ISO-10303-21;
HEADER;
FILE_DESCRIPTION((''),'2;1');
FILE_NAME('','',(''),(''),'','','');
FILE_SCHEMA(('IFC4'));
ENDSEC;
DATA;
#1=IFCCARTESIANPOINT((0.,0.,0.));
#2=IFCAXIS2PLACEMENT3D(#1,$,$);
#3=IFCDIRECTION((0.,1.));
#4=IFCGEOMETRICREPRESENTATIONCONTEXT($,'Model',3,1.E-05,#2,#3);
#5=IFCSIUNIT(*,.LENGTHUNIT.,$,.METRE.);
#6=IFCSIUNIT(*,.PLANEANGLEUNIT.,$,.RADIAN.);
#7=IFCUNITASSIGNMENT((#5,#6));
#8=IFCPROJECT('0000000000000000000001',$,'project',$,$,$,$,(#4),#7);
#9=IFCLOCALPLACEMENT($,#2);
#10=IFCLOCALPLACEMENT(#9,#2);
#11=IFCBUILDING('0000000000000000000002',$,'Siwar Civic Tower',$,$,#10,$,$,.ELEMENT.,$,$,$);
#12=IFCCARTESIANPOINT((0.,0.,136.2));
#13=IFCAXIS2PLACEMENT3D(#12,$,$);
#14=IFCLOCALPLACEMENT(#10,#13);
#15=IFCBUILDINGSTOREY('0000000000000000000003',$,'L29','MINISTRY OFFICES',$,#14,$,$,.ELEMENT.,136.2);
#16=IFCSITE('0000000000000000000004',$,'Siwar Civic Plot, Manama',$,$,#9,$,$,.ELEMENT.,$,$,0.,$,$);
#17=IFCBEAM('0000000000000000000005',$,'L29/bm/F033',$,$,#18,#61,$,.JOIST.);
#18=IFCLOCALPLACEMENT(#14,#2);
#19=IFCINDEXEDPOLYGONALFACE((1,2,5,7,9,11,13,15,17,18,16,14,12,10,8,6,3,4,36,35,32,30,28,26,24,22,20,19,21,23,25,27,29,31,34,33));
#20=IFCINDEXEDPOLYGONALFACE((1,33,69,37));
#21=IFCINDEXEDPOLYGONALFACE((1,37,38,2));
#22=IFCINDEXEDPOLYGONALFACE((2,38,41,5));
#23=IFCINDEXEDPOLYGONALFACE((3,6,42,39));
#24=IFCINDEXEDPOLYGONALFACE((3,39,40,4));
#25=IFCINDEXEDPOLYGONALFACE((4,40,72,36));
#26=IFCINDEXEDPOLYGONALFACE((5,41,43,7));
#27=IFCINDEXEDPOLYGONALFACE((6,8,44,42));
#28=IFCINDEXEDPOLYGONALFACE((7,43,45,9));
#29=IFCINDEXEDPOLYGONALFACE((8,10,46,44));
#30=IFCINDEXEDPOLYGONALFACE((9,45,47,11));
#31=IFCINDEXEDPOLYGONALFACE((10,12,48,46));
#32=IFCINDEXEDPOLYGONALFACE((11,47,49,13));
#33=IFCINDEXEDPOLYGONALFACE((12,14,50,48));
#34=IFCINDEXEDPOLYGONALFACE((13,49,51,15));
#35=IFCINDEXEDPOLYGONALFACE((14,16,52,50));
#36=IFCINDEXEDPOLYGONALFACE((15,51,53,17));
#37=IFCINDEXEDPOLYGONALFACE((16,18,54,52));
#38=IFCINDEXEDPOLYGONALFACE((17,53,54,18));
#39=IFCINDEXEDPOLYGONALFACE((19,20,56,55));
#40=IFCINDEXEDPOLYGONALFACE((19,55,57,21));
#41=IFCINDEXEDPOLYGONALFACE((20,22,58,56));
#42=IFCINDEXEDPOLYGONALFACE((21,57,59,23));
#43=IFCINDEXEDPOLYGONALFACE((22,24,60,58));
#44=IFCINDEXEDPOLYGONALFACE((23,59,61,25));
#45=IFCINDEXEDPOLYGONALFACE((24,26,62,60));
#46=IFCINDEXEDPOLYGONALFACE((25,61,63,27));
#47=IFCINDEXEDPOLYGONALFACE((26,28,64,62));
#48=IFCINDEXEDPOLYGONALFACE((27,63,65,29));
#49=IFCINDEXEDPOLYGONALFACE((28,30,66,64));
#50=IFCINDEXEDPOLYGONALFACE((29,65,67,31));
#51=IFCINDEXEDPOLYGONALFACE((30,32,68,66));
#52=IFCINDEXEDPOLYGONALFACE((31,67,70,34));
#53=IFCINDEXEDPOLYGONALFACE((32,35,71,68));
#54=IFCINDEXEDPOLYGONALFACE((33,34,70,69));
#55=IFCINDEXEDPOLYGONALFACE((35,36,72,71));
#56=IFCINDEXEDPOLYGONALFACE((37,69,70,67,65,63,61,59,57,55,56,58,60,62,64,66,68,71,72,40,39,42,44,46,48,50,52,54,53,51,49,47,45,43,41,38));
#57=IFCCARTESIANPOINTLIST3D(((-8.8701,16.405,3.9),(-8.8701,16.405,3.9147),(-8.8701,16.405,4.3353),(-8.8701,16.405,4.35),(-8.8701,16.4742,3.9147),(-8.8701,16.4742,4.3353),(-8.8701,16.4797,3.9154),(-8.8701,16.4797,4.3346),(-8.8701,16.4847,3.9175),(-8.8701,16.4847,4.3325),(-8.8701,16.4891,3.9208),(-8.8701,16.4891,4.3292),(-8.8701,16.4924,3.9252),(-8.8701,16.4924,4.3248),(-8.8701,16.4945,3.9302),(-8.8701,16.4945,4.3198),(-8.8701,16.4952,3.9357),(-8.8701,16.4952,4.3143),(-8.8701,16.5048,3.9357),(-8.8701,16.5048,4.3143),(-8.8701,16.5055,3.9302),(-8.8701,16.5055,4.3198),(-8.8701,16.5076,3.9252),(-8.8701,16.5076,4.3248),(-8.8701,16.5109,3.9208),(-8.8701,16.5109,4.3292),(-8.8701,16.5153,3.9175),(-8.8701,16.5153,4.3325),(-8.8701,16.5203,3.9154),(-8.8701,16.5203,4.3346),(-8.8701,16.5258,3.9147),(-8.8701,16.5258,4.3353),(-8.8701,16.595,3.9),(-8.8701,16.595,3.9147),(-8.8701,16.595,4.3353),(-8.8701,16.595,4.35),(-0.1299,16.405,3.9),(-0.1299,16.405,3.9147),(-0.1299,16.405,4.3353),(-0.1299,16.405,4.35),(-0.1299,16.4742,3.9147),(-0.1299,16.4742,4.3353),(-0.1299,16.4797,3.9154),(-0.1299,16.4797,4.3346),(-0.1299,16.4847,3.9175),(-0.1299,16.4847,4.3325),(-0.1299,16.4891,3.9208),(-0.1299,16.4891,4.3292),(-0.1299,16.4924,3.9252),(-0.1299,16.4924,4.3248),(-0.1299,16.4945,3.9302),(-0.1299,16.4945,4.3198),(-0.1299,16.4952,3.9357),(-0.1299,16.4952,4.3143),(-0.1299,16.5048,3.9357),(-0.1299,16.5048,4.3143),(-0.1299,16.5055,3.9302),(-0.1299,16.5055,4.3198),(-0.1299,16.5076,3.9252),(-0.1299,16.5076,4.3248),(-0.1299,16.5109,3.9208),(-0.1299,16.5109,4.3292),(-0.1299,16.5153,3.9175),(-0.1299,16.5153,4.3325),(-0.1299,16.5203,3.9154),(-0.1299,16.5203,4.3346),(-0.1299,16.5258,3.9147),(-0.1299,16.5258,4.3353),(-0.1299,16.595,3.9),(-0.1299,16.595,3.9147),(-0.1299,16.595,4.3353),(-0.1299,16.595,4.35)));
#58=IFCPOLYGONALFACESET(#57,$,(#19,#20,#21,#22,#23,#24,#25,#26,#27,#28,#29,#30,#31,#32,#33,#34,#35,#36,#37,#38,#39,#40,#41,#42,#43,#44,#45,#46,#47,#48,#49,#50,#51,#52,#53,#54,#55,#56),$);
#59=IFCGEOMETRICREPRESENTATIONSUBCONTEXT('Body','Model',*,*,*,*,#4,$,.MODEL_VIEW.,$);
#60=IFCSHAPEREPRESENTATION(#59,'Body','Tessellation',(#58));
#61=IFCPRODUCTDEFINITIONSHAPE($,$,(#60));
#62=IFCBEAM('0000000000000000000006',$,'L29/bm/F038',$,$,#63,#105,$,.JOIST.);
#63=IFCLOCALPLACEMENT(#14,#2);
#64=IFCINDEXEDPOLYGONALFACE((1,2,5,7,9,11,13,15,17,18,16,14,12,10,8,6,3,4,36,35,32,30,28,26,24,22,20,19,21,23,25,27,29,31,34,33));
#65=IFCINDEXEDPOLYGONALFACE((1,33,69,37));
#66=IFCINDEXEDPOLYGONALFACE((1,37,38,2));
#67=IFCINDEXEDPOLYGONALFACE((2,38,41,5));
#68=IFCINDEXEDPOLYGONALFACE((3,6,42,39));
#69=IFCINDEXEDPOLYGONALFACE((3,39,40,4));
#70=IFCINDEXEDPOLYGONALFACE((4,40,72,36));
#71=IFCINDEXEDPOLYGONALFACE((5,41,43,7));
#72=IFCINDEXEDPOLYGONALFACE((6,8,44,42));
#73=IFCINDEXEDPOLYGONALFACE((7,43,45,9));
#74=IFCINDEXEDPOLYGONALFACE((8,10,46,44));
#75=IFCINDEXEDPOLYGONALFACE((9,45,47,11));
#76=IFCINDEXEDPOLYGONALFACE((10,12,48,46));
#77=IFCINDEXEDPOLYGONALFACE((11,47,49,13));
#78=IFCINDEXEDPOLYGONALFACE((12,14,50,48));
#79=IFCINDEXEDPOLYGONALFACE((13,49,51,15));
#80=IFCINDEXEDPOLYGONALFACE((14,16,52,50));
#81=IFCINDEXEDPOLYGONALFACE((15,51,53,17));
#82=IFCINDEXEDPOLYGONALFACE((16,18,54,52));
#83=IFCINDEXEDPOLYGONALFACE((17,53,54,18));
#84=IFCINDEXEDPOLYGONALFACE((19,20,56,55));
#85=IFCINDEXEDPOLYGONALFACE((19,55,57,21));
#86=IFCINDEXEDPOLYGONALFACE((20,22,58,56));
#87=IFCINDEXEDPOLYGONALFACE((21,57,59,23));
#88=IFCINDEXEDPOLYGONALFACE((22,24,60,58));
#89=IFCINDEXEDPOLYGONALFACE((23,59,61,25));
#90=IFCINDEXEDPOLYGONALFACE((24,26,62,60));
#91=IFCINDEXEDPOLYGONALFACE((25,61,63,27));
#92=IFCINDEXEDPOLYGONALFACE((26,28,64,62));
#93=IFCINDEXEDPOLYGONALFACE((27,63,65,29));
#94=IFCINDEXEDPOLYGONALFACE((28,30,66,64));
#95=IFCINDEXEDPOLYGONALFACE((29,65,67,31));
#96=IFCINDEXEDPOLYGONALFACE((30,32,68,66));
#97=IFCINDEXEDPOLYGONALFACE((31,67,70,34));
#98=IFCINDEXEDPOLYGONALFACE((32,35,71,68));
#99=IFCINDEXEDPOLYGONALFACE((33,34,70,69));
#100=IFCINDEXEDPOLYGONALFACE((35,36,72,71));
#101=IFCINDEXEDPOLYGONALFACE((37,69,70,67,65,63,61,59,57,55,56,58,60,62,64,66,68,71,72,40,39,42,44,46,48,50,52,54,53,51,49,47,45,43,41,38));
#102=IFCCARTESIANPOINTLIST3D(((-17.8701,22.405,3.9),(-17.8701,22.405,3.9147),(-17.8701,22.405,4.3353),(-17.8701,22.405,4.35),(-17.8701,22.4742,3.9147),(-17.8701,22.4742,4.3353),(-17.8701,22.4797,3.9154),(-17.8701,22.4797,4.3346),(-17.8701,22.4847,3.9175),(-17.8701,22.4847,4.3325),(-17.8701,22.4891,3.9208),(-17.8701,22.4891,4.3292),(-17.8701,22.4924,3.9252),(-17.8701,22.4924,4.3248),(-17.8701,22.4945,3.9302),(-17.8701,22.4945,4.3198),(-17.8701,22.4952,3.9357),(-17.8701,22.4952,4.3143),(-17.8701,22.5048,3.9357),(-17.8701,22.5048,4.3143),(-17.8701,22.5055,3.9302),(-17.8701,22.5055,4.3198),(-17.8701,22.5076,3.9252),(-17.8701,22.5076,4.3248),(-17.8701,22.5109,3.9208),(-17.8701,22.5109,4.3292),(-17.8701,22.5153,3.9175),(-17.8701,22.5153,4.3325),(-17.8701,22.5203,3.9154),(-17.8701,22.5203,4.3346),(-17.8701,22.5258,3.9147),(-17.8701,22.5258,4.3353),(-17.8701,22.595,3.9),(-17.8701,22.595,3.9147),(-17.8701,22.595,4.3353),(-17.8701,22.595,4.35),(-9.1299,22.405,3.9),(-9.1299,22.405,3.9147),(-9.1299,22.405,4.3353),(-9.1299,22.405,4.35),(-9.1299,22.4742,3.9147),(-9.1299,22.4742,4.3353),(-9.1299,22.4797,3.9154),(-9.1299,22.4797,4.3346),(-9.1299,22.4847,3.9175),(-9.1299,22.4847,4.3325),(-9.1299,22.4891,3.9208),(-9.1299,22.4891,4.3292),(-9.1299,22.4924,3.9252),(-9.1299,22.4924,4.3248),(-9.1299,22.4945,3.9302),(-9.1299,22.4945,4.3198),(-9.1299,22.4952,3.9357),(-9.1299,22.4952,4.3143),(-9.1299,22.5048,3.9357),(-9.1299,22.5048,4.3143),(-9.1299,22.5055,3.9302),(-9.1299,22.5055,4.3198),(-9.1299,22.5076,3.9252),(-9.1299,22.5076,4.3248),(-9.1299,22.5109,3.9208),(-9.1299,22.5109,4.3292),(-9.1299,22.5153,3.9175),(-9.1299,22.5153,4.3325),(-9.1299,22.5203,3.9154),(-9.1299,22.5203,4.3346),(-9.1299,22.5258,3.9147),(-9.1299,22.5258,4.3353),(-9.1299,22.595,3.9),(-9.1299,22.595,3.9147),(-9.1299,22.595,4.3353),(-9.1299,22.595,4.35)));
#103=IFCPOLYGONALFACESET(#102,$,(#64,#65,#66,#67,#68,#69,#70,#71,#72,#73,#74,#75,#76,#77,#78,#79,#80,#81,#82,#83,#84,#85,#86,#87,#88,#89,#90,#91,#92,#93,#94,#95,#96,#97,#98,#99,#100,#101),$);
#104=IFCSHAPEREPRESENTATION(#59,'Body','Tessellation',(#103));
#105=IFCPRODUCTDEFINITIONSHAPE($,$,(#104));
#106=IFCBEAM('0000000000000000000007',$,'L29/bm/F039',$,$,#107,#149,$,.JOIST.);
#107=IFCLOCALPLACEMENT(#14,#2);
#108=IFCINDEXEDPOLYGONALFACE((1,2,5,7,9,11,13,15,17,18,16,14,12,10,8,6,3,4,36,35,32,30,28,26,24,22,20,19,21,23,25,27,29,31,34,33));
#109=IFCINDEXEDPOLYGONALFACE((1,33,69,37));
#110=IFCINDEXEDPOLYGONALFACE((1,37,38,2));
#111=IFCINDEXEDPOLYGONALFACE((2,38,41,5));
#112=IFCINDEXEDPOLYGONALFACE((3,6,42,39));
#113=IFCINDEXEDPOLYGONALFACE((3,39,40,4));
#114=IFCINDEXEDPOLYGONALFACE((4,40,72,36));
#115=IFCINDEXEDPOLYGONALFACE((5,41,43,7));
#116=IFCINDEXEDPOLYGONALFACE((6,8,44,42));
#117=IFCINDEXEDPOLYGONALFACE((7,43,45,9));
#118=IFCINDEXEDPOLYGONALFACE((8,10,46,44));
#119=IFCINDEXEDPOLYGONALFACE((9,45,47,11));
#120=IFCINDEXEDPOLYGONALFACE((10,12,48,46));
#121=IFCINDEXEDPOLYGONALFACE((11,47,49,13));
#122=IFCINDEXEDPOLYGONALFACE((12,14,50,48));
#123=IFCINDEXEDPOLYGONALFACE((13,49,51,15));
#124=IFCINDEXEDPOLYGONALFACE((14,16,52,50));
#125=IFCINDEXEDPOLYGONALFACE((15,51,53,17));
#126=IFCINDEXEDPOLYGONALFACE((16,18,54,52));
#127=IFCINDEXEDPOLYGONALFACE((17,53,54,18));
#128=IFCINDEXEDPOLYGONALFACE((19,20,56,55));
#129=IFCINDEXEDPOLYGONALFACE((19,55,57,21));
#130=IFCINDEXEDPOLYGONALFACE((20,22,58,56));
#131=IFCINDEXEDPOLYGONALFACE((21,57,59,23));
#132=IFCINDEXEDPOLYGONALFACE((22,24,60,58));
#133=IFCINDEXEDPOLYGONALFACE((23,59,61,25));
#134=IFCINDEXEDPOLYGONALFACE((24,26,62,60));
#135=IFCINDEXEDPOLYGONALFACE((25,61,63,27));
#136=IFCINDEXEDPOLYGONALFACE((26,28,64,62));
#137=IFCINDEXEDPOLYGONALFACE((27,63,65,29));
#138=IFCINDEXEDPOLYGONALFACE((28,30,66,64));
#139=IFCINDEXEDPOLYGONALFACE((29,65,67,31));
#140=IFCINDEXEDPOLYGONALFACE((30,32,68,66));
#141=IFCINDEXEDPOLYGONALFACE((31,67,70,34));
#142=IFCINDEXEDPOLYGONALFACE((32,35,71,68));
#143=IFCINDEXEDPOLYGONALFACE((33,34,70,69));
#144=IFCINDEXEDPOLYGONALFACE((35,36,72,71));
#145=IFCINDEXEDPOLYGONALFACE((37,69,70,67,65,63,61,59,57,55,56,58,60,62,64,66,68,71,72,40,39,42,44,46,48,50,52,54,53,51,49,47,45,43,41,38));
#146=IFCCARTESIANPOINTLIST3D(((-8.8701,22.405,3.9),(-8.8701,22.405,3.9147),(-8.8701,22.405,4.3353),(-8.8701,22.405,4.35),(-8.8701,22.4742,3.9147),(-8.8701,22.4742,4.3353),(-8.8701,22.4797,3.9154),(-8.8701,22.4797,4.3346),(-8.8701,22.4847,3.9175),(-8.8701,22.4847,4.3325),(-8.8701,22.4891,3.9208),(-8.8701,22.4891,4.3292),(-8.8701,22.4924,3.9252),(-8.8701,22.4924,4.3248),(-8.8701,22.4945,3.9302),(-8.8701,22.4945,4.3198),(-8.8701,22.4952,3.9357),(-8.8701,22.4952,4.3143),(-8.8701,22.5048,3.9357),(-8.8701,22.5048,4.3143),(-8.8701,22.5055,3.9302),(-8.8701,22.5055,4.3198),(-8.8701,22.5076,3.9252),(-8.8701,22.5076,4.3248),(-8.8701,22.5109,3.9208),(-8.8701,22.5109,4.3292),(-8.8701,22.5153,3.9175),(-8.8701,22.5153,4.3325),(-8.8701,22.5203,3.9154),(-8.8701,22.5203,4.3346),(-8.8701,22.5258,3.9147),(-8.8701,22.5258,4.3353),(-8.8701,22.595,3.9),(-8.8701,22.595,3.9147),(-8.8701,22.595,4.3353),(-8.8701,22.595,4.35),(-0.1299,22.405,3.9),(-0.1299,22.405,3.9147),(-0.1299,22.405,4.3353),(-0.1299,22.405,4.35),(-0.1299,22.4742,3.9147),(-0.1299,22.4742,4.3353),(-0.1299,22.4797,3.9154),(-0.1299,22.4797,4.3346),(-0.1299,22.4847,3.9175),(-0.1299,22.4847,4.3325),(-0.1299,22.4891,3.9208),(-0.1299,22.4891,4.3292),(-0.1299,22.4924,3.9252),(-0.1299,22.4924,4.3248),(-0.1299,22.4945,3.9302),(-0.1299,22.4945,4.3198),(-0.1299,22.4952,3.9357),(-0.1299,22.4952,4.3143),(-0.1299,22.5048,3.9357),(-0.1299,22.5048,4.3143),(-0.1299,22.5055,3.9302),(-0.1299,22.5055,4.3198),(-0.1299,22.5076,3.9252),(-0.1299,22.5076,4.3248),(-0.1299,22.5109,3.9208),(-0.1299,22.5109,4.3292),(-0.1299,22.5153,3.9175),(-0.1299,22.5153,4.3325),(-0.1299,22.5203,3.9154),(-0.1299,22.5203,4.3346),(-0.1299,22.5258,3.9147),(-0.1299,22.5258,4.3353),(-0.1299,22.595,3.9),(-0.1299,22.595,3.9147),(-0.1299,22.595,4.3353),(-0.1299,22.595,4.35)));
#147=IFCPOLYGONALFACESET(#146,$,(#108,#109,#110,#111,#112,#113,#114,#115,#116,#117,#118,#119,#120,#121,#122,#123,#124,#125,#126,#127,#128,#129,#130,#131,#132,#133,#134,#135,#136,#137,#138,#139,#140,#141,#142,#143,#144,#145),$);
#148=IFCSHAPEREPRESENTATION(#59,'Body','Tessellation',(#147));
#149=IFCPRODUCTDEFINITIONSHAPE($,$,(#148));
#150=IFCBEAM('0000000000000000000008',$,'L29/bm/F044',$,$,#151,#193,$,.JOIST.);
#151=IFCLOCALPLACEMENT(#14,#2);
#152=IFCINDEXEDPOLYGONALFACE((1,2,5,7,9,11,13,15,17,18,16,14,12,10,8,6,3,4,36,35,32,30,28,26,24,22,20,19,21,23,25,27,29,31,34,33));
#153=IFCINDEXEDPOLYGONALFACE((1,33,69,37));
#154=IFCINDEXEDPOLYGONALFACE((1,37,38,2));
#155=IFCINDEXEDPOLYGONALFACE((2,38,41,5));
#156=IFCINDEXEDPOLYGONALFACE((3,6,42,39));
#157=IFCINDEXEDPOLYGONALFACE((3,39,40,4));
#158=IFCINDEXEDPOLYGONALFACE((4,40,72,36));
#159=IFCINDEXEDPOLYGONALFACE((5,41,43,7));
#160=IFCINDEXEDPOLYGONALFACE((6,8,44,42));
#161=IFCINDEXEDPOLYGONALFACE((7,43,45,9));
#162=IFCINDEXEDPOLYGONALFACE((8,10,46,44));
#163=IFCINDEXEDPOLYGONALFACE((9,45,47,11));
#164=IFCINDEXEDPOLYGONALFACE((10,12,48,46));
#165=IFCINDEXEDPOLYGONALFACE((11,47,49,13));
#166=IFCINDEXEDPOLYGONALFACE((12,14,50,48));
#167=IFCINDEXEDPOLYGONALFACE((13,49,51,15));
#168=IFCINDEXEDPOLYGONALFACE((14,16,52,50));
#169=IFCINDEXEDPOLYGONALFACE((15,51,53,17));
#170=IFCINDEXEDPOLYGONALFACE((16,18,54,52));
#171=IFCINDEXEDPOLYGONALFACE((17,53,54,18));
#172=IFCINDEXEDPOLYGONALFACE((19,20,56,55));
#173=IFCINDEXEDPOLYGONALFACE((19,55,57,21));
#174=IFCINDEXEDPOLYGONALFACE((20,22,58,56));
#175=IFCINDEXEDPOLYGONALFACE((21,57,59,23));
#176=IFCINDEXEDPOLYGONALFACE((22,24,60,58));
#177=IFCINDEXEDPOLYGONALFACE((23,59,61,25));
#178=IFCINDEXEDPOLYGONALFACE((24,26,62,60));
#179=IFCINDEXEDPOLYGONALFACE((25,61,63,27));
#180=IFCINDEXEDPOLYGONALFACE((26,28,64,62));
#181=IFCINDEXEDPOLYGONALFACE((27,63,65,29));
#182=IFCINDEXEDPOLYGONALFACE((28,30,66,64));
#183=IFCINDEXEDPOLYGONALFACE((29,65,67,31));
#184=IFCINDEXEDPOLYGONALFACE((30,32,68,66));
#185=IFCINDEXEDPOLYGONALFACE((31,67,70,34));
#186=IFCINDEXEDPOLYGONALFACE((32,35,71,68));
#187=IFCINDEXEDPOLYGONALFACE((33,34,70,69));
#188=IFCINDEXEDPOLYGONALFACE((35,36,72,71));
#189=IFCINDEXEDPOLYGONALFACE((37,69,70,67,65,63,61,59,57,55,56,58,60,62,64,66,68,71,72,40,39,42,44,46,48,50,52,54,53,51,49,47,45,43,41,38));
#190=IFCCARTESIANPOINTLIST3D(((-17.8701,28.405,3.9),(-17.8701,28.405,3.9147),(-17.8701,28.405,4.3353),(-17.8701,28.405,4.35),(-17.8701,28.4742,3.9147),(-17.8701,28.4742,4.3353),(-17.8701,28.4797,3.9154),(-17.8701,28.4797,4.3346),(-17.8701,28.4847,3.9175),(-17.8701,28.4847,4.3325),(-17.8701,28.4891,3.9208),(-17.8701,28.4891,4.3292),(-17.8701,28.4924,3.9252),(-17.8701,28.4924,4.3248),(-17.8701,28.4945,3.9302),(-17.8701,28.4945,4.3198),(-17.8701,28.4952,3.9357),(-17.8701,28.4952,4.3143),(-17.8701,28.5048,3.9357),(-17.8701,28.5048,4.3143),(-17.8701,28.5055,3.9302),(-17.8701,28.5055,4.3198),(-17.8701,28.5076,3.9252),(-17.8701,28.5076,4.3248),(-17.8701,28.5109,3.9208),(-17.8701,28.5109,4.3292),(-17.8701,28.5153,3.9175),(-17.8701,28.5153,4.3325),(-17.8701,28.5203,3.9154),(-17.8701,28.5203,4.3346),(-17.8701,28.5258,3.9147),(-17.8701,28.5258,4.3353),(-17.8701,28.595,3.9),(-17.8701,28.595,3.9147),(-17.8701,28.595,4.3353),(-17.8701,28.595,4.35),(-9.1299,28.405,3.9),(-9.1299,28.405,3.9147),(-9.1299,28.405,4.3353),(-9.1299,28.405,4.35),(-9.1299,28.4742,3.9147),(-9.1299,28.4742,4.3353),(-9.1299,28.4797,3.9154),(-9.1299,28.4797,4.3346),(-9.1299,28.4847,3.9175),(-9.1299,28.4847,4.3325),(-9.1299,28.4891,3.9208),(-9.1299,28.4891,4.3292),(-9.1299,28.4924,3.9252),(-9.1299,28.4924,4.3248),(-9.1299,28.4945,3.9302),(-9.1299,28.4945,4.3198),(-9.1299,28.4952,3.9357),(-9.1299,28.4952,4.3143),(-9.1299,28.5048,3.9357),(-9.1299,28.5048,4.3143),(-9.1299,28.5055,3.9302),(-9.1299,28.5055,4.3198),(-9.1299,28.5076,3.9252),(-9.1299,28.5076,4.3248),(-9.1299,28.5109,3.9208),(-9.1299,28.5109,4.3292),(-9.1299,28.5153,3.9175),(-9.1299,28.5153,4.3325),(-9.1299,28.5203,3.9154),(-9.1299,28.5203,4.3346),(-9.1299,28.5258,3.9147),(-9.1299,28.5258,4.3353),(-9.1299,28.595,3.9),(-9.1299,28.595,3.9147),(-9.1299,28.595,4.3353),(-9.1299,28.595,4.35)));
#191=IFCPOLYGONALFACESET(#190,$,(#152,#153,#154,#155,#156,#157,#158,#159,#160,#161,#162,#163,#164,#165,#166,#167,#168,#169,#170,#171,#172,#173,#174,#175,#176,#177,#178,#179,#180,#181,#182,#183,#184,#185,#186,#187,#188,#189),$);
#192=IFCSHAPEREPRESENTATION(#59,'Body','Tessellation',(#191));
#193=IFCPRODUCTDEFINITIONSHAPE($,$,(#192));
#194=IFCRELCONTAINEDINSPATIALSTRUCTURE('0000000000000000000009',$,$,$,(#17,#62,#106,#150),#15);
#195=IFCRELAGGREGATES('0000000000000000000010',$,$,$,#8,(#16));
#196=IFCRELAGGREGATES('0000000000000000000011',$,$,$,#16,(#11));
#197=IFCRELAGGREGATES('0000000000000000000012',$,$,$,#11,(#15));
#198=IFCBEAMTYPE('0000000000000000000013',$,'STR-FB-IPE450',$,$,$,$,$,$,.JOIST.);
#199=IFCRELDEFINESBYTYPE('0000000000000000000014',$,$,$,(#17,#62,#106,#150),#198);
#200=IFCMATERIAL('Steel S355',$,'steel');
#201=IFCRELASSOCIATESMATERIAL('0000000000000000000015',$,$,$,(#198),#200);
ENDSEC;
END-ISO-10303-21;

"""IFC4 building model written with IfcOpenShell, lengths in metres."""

from ifc_helpers import new_model, si_unit, direction, frame, origin, origin_2d, place, context, subcontext, project, spatial, i_section, extrude, material, material_profile, profile_set, type_object, element, save


model = new_model("IFC4")

# Units and contexts
model_context = context("Model", 3, precision=1e-05, world=origin(), true_north=direction((0.0, 1.0)))
body_context = subcontext(model_context, "Body", "Model", "MODEL_VIEW")
ifc_project = project(units=[si_unit("LENGTHUNIT", "METRE"), si_unit("PLANEANGLEUNIT", "RADIAN")], contexts=[model_context])

# Site, building, storey
site_placement = place(None, origin())
site = spatial("IfcSite", under=ifc_project, at=site_placement, Name="Siwar Civic Plot, Manama", CompositionType="ELEMENT", RefElevation=0.0)
building_placement = place(site_placement, origin())
building = spatial("IfcBuilding", under=site, at=building_placement, Name="Siwar Civic Tower", CompositionType="ELEMENT")
storey_placement = place(building_placement, frame((0.0, 0.0, 136.2)))
storey = spatial("IfcBuildingStorey", under=building, at=storey_placement, Name="L29", Description="MINISTRY OFFICES", CompositionType="ELEMENT", Elevation=136.2)

# Beams
ifc_material_1 = material(Name="Steel S355", Category="steel")
ifc_material_profile_1 = material_profile(ifc_material_1, i_section(OverallWidth=0.1899, OverallDepth=0.45, WebThickness=0.0095, FlangeThickness=0.0146, FilletRadius=0.021, at=origin_2d()), Name="IPE450")
ifc_profile_set_1 = profile_set([ifc_material_profile_1], Name="Steel S355")
beam_type_1 = type_object("IfcBeamType", Name="STR-FB-IPE450", PredefinedType="JOIST", material=ifc_profile_set_1)
for number, where, z_axis, x_axis, name in (
    (1, (-8.8701, 16.5, 4.125), (1.0, 0.0, 0.0), (0.0, 1.0, 0.0), "L29/bm/F033"),
    (2, (-17.8701, 22.5, 4.125), (1.0, 0.0, 0.0), (0.0, 1.0, 0.0), "L29/bm/F038"),
    (3, (-8.8701, 22.5, 4.125), (1.0, 0.0, 0.0), (0.0, 1.0, 0.0), "L29/bm/F039"),
    (4, (-17.8701, 28.5, 4.125), (1.0, 0.0, 0.0), (0.0, 1.0, 0.0), "L29/bm/F044"),
):
    element("IfcBeam", number, at=place(storey_placement, frame(where, z_axis=z_axis, x_axis=x_axis)), inside=storey, type_object=beam_type_1, Name=name, PredefinedType="JOIST", context=body_context, shape_type="SweptSolid", body=[
        extrude(i_section(OverallWidth=0.1899, OverallDepth=0.45, WebThickness=0.0095, FlangeThickness=0.0146, FilletRadius=0.021, at=origin_2d()), origin(), (0.0, 0.0, 1.0), 8.7402),
    ])

save(model, "model.ifc")
